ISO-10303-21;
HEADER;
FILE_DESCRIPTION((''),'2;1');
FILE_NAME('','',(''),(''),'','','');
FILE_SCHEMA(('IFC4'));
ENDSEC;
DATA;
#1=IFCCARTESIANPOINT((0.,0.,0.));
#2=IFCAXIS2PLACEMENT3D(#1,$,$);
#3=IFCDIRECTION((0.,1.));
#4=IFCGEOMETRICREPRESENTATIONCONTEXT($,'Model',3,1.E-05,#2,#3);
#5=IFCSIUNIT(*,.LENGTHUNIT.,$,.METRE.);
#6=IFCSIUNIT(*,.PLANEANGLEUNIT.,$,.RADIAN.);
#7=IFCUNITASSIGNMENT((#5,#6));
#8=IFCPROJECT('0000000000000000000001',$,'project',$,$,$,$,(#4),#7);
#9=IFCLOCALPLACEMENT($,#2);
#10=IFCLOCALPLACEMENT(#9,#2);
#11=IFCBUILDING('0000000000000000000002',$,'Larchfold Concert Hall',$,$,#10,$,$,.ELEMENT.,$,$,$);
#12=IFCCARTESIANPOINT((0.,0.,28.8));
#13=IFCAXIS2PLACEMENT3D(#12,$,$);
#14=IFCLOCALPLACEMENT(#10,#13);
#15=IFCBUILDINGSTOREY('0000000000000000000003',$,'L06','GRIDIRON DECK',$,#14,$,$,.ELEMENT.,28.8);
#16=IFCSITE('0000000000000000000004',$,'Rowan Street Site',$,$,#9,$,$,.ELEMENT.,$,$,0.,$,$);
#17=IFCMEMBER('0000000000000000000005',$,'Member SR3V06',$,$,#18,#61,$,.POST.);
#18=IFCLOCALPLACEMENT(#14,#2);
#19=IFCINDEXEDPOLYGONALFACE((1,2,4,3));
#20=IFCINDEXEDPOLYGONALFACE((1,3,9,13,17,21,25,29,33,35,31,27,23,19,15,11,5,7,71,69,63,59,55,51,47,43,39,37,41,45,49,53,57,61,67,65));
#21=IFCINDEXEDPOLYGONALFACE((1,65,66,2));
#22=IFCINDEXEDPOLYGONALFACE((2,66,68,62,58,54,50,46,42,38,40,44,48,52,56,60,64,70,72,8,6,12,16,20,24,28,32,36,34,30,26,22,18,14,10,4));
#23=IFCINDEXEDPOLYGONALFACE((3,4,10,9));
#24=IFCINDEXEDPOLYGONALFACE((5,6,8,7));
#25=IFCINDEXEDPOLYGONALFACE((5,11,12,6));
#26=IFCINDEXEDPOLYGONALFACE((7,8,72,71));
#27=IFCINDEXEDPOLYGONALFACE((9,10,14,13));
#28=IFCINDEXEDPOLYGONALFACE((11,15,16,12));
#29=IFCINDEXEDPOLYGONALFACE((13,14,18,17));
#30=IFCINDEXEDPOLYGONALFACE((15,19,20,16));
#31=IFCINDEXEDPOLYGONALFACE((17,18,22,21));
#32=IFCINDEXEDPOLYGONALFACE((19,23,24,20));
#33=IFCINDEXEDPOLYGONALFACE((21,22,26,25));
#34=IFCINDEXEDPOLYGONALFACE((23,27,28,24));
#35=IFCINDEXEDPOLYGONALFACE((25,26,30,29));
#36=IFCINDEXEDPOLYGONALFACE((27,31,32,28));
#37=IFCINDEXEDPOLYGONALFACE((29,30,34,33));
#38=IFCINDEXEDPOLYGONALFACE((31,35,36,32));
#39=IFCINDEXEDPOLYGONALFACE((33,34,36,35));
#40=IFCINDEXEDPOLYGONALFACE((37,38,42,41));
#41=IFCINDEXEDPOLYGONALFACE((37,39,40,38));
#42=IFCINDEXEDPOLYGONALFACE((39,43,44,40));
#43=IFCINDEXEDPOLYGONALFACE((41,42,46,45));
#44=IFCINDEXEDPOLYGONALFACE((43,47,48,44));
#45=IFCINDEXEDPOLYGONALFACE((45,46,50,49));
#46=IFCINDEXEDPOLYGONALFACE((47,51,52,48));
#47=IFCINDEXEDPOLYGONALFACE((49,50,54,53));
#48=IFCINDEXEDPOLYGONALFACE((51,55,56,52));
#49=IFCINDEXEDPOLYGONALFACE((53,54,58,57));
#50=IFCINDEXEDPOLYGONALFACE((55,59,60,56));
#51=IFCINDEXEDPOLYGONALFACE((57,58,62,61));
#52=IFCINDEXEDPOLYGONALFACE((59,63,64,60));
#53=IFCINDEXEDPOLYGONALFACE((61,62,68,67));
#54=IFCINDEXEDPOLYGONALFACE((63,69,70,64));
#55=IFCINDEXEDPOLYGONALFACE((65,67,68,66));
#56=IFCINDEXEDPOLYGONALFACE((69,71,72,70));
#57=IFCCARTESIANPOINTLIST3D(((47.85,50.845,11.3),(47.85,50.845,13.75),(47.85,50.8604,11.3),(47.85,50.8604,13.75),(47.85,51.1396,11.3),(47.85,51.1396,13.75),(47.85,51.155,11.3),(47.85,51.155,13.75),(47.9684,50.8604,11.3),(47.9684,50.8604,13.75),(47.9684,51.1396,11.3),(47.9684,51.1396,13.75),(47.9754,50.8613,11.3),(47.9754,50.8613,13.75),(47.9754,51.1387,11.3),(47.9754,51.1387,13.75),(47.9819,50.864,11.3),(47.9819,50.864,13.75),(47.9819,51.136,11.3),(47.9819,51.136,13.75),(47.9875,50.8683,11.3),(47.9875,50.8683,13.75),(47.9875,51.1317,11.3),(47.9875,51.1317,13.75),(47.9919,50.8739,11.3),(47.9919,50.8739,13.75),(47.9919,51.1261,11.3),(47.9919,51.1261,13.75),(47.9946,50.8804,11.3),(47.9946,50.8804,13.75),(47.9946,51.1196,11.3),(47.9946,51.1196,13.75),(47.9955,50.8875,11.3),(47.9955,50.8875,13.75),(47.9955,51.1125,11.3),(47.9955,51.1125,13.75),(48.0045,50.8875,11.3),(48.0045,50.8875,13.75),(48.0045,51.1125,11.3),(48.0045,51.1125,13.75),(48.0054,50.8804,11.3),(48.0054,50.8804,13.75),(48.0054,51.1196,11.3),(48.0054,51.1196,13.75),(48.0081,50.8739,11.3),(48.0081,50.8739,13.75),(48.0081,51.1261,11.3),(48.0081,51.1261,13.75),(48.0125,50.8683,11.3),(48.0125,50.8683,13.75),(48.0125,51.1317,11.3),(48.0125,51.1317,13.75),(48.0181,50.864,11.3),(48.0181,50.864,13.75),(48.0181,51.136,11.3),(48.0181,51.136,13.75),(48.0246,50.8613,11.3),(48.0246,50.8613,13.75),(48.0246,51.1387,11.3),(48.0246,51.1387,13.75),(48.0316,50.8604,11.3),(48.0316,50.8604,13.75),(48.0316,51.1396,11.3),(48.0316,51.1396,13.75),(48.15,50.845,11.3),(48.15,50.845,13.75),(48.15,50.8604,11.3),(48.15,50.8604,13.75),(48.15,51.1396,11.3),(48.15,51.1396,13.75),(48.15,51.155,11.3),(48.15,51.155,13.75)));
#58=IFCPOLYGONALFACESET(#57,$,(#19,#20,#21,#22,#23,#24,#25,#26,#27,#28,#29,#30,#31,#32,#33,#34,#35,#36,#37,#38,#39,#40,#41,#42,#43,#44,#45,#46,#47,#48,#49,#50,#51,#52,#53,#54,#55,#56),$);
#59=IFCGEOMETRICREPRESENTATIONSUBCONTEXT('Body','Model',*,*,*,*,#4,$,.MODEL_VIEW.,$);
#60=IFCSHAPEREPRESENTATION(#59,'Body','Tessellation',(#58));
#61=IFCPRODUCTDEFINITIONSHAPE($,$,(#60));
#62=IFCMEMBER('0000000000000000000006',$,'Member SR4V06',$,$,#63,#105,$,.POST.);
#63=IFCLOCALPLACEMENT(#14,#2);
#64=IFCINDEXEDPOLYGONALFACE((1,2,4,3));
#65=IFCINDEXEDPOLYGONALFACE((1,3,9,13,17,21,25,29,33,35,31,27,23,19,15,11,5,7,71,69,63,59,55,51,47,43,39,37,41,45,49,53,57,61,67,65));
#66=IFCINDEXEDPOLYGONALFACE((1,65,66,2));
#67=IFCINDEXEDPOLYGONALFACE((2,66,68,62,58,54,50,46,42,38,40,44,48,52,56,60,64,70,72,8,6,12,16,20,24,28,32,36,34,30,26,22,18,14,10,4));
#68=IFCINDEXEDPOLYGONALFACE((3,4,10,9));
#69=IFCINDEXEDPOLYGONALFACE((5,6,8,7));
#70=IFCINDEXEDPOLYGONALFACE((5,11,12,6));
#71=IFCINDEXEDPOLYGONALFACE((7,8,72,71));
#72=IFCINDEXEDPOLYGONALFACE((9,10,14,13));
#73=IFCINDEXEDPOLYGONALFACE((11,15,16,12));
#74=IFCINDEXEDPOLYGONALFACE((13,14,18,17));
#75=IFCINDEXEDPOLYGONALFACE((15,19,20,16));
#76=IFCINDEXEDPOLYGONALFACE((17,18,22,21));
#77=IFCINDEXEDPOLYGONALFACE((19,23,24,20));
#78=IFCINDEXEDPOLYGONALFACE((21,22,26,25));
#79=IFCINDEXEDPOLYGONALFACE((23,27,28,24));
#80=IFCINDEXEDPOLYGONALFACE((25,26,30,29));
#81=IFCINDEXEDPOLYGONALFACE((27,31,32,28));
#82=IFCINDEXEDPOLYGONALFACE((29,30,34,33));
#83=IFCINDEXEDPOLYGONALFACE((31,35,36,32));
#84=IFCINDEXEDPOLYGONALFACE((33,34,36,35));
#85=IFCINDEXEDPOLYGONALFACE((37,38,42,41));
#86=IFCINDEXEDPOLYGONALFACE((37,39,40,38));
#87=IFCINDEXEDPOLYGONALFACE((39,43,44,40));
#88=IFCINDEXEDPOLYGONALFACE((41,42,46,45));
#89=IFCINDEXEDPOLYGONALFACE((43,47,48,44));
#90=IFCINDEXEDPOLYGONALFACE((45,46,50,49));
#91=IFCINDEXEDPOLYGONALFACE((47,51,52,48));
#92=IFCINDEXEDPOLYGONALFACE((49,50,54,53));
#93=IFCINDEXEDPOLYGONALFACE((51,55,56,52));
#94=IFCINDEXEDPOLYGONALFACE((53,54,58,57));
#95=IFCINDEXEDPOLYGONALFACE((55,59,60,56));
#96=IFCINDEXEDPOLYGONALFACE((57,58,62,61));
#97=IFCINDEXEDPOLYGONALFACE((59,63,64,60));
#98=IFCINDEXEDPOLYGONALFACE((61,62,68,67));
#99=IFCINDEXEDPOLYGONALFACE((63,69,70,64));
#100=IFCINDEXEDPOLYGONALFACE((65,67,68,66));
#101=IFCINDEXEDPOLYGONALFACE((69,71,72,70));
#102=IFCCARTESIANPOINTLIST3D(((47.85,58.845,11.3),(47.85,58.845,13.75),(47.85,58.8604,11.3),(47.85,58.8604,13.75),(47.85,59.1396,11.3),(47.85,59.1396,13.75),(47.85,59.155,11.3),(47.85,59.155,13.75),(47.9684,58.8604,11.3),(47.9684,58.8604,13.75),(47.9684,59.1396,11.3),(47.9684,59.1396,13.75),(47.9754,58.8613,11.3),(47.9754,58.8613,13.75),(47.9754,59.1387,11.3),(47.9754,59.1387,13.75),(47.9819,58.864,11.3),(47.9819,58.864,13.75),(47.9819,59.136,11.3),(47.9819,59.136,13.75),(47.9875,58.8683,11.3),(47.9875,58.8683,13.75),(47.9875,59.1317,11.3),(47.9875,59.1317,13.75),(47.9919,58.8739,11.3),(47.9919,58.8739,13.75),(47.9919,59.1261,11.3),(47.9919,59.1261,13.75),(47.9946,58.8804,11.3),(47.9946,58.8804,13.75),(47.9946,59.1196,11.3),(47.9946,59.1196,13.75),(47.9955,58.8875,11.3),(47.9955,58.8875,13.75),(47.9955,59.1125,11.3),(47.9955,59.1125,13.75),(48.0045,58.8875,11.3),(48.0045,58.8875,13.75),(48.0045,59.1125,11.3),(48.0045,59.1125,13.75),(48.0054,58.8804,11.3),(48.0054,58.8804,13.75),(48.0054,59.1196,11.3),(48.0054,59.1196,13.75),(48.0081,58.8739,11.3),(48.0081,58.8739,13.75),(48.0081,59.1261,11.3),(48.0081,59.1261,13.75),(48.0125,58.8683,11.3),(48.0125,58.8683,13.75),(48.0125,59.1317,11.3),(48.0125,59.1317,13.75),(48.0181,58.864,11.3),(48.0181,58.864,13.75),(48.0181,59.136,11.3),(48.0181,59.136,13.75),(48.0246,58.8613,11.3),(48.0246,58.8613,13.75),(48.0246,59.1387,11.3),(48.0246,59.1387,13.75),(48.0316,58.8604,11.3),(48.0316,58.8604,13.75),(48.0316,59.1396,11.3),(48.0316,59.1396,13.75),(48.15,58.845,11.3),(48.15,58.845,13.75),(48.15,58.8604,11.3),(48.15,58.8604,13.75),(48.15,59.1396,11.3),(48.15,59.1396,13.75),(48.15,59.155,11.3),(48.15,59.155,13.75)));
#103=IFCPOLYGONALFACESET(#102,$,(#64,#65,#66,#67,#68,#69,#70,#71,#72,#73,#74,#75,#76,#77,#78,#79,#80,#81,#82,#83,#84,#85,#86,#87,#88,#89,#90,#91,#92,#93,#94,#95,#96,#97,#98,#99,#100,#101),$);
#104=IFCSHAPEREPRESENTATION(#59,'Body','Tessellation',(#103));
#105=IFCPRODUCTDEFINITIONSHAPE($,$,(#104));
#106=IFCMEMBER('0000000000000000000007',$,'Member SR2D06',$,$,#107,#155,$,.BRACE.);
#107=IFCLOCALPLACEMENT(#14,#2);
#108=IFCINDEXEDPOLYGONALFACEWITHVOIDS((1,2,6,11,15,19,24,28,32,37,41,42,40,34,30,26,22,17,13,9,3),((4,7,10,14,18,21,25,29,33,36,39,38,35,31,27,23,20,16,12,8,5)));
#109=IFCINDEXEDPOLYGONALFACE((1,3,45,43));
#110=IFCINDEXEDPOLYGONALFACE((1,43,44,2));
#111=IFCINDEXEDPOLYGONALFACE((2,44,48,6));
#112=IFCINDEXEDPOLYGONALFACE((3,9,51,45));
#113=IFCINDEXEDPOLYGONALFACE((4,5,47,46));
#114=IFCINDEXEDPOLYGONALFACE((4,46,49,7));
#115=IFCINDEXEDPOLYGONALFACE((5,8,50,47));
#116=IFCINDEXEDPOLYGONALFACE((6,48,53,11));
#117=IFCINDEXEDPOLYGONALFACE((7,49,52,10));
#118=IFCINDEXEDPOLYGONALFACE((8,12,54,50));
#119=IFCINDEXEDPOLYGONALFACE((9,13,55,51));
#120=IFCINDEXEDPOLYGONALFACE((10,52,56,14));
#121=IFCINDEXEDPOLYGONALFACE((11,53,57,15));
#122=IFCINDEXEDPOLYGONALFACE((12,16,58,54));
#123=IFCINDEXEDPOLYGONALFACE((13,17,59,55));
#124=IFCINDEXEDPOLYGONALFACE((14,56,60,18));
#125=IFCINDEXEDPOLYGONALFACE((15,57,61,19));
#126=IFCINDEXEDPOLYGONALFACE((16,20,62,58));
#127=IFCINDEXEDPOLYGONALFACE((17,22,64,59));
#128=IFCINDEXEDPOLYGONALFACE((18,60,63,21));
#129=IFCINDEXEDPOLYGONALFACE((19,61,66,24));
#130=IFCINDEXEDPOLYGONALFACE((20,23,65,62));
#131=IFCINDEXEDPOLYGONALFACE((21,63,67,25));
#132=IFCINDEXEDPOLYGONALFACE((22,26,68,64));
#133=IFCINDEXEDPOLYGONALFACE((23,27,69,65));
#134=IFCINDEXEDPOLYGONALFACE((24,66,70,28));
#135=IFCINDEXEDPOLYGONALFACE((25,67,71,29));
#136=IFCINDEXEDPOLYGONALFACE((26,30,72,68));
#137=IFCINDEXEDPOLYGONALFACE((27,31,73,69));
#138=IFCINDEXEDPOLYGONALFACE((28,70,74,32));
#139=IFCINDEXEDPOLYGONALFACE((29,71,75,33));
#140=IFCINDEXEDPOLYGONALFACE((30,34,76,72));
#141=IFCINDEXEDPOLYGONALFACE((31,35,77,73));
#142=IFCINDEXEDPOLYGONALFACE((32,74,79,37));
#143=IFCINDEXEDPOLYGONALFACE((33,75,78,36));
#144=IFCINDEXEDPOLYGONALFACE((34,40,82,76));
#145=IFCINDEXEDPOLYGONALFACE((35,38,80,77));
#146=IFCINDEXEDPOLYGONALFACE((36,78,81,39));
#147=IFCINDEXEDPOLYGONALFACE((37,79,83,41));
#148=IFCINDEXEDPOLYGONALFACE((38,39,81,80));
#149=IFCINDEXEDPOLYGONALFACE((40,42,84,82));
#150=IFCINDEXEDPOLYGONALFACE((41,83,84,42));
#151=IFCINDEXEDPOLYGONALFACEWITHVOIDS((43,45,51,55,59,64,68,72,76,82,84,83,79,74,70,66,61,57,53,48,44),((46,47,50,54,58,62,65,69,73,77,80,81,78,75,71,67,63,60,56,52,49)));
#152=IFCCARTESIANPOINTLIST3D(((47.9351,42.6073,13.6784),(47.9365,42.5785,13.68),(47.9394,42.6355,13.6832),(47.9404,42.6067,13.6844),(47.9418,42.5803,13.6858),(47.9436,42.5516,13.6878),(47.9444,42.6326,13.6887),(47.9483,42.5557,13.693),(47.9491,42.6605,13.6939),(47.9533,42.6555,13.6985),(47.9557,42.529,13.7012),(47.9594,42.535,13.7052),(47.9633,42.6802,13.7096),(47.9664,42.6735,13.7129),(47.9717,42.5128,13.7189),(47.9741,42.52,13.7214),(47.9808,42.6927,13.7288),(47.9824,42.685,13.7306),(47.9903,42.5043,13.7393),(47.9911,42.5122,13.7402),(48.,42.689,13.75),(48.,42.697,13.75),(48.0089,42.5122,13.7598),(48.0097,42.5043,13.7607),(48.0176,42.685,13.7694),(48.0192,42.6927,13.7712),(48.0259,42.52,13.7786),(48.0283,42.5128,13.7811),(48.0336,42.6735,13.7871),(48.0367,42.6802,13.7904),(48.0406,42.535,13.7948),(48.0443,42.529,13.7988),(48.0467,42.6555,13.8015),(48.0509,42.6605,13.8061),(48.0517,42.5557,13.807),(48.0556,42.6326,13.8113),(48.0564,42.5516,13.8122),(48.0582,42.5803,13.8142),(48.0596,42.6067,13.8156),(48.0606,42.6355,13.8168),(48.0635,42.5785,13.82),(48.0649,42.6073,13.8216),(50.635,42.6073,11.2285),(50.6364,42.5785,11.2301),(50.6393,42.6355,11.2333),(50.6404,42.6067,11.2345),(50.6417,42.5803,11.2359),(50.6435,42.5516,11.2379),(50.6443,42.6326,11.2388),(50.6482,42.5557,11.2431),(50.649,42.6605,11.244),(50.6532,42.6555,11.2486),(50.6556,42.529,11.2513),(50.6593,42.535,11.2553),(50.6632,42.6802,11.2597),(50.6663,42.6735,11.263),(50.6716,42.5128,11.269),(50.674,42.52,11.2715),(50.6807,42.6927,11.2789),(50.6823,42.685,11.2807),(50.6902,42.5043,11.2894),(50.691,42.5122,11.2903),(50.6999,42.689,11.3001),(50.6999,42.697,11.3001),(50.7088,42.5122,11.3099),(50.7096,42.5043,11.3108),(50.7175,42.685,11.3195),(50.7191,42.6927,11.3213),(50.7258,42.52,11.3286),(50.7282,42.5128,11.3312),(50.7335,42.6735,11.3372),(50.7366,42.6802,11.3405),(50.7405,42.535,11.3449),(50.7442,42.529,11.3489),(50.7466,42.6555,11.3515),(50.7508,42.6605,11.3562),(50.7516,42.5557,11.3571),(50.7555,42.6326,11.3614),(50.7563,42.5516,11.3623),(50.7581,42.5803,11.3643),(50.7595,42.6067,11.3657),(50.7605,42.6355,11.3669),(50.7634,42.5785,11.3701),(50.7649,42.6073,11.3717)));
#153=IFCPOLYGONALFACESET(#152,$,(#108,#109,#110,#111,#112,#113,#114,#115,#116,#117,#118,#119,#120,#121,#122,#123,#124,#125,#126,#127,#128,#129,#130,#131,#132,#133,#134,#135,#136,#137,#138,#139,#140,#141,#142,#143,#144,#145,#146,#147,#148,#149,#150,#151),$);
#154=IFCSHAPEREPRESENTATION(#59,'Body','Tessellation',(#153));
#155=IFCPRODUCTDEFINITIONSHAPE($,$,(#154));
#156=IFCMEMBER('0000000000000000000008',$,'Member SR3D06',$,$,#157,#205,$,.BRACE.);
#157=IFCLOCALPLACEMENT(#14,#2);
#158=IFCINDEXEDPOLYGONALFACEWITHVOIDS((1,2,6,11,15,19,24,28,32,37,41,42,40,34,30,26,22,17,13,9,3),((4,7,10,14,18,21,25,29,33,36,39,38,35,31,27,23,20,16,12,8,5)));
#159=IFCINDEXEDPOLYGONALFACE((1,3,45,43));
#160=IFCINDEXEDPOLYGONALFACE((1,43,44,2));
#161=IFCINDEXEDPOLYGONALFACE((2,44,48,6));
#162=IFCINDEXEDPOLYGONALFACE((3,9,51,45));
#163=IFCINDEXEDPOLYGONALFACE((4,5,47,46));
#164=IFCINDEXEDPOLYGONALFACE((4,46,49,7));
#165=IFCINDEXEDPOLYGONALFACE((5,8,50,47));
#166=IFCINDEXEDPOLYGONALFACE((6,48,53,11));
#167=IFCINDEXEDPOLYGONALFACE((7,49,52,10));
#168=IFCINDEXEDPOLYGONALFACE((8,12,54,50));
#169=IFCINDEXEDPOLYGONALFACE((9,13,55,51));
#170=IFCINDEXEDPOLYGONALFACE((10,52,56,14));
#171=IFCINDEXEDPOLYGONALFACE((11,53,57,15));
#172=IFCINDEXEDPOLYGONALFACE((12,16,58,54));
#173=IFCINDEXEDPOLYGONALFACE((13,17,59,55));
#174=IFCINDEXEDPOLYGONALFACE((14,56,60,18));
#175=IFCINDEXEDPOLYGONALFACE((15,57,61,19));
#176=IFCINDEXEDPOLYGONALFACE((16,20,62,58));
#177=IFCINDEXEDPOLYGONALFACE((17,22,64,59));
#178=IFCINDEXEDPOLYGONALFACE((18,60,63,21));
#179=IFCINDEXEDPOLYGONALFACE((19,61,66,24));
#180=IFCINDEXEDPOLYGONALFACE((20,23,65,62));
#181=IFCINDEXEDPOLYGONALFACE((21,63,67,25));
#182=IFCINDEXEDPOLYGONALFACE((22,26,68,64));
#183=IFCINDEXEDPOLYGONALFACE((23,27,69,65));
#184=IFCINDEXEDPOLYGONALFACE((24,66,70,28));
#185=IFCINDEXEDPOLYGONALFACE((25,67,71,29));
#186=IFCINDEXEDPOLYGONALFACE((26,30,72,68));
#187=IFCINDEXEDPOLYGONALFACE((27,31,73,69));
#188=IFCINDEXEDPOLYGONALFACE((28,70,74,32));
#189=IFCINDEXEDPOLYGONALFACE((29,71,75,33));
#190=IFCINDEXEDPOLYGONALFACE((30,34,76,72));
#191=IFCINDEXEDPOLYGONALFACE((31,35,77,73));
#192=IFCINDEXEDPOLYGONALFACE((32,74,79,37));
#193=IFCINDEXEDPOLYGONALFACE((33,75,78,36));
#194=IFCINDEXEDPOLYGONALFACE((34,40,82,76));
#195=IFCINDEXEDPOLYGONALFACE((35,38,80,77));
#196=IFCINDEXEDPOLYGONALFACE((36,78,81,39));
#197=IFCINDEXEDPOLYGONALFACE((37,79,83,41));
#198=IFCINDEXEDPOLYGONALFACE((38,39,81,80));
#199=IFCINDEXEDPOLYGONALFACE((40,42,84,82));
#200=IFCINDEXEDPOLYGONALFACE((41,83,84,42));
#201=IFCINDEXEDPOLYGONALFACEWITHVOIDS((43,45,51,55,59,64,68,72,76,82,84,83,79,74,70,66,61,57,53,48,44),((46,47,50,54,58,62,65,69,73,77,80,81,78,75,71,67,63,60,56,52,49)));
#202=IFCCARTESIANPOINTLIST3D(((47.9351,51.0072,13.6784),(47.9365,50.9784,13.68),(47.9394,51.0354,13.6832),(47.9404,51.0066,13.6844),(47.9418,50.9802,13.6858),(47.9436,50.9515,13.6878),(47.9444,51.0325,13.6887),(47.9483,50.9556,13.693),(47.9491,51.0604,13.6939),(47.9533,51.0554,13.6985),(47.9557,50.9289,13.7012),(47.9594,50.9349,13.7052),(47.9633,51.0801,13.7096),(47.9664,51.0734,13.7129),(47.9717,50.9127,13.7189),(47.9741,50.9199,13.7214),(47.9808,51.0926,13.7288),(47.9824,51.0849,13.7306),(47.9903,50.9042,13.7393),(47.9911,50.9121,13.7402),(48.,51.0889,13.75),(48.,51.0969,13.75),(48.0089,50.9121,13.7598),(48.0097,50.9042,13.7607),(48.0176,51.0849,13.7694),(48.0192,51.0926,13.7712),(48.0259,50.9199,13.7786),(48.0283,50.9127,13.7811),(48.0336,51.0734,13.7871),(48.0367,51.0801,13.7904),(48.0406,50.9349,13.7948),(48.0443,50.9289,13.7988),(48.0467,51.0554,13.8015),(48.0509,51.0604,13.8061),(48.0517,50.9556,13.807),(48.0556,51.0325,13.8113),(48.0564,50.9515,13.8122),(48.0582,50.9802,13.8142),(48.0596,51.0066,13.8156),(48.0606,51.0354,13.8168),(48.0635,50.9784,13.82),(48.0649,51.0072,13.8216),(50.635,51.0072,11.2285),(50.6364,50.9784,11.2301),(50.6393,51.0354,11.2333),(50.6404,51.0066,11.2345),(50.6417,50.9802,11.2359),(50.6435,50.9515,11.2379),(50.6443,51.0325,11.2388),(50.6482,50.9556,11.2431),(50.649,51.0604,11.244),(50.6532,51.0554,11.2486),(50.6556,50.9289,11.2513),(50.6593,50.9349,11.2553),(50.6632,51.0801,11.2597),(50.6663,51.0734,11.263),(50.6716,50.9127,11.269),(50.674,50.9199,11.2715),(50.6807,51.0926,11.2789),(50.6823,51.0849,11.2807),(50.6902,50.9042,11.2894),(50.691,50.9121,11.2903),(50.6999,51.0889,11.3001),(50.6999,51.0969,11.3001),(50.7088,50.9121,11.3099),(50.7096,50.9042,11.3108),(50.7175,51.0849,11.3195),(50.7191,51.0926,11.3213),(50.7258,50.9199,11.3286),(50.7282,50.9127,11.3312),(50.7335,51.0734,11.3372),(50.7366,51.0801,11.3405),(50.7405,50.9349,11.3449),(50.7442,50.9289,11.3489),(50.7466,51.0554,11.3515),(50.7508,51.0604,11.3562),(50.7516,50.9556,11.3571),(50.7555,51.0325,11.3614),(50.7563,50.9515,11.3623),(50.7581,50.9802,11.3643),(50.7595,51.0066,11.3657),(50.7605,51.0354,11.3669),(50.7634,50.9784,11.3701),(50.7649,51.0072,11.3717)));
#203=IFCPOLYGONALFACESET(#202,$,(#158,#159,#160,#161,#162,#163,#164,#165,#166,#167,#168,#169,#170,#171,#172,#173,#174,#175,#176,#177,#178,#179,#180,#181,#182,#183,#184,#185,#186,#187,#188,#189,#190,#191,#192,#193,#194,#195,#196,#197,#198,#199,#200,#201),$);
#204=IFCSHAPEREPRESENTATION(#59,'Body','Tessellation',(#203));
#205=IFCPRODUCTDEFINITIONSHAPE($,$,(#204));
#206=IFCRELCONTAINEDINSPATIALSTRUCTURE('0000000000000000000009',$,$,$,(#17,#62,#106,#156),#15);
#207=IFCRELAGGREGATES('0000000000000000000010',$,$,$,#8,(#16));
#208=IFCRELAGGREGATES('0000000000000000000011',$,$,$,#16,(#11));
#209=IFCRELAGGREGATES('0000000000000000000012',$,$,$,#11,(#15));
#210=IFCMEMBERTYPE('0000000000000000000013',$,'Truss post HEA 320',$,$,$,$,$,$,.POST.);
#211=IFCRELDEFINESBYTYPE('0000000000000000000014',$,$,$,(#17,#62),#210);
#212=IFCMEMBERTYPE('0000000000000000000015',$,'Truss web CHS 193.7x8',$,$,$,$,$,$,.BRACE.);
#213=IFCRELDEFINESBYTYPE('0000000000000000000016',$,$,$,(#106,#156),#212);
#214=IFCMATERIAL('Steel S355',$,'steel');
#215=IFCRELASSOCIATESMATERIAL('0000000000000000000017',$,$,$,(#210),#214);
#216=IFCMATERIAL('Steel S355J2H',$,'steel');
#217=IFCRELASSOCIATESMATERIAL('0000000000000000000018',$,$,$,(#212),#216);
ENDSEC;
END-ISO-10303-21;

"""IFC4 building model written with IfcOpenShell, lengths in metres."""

from ifc_helpers import new_model, si_unit, direction, frame, origin, origin_2d, place, context, subcontext, project, spatial, hollow_circle, i_section, extrude, material, material_profile, profile_set, type_object, element, save


model = new_model("IFC4")

# Units and contexts
model_context = context("Model", 3, precision=1e-05, world=origin(), true_north=direction((0.0, 1.0)))
body_context = subcontext(model_context, "Body", "Model", "MODEL_VIEW")
ifc_project = project(units=[si_unit("LENGTHUNIT", "METRE"), si_unit("PLANEANGLEUNIT", "RADIAN")], contexts=[model_context])

# Site, building, storey
site_placement = place(None, origin())
site = spatial("IfcSite", under=ifc_project, at=site_placement, Name="Rowan Street Site", CompositionType="ELEMENT", RefElevation=0.0)
building_placement = place(site_placement, origin())
building = spatial("IfcBuilding", under=site, at=building_placement, Name="Larchfold Concert Hall", CompositionType="ELEMENT")
storey_placement = place(building_placement, frame((0.0, 0.0, 28.8)))
storey = spatial("IfcBuildingStorey", under=building, at=storey_placement, Name="L06", Description="GRIDIRON DECK", CompositionType="ELEMENT", Elevation=28.8)

# Members
ifc_material_1 = material(Name="Steel S355", Category="steel")
ifc_material_profile_1 = material_profile(ifc_material_1, i_section(OverallWidth=0.3, OverallDepth=0.3101, WebThickness=0.009, FlangeThickness=0.0154, FilletRadius=0.0271, at=origin_2d()))
ifc_profile_set_1 = profile_set([ifc_material_profile_1], Name="Steel S355")
member_type_1 = type_object("IfcMemberType", Name="Truss post HEA 320", PredefinedType="POST", material=ifc_profile_set_1)
for number, where, z_axis, x_axis, name in (
    (1, (48.0, 51.0, 11.3), (0.0, 0.0, 1.0), (1.0, 0.0, 0.0), "Member SR3V06"),
    (2, (48.0, 59.0, 11.3), (0.0, 0.0, 1.0), (1.0, 0.0, 0.0), "Member SR4V06"),
):
    element("IfcMember", number, at=place(storey_placement, frame(where, z_axis=z_axis, x_axis=x_axis)), inside=storey, type_object=member_type_1, Name=name, PredefinedType="POST", context=body_context, shape_type="SweptSolid", body=[
        extrude(i_section(OverallWidth=0.3, OverallDepth=0.3101, WebThickness=0.009, FlangeThickness=0.0154, FilletRadius=0.0271, at=origin_2d()), origin(), (0.0, 0.0, 1.0), 2.45),
    ])
ifc_material_2 = material(Name="Steel S355J2H", Category="steel")
ifc_material_profile_2 = material_profile(ifc_material_2, hollow_circle(Radius=0.0969, WallThickness=0.0081, at=origin_2d()))
ifc_profile_set_2 = profile_set([ifc_material_profile_2], Name="Steel S355J2H")
member_type_2 = type_object("IfcMemberType", Name="Truss web CHS 193.7x8", PredefinedType="BRACE", material=ifc_profile_set_2)
for number, where, z_axis, x_axis, name in (
    (3, (48.0, 42.6001, 13.75), (0.740561, 0.0, -0.671989), (0.0, 1.0, 0.0), "Member SR2D06"),
    (4, (48.0, 51.0, 13.75), (0.740561, 0.0, -0.671989), (0.0, 1.0, 0.0), "Member SR3D06"),
):
    element("IfcMember", number, at=place(storey_placement, frame(where, z_axis=z_axis, x_axis=x_axis)), inside=storey, type_object=member_type_2, Name=name, PredefinedType="BRACE", context=body_context, shape_type="SweptSolid", body=[
        extrude(hollow_circle(Radius=0.0969, WallThickness=0.0081, at=origin_2d()), origin(), (0.0, 0.0, 1.0), 3.6458),
    ])

save(model, "model.ifc")
